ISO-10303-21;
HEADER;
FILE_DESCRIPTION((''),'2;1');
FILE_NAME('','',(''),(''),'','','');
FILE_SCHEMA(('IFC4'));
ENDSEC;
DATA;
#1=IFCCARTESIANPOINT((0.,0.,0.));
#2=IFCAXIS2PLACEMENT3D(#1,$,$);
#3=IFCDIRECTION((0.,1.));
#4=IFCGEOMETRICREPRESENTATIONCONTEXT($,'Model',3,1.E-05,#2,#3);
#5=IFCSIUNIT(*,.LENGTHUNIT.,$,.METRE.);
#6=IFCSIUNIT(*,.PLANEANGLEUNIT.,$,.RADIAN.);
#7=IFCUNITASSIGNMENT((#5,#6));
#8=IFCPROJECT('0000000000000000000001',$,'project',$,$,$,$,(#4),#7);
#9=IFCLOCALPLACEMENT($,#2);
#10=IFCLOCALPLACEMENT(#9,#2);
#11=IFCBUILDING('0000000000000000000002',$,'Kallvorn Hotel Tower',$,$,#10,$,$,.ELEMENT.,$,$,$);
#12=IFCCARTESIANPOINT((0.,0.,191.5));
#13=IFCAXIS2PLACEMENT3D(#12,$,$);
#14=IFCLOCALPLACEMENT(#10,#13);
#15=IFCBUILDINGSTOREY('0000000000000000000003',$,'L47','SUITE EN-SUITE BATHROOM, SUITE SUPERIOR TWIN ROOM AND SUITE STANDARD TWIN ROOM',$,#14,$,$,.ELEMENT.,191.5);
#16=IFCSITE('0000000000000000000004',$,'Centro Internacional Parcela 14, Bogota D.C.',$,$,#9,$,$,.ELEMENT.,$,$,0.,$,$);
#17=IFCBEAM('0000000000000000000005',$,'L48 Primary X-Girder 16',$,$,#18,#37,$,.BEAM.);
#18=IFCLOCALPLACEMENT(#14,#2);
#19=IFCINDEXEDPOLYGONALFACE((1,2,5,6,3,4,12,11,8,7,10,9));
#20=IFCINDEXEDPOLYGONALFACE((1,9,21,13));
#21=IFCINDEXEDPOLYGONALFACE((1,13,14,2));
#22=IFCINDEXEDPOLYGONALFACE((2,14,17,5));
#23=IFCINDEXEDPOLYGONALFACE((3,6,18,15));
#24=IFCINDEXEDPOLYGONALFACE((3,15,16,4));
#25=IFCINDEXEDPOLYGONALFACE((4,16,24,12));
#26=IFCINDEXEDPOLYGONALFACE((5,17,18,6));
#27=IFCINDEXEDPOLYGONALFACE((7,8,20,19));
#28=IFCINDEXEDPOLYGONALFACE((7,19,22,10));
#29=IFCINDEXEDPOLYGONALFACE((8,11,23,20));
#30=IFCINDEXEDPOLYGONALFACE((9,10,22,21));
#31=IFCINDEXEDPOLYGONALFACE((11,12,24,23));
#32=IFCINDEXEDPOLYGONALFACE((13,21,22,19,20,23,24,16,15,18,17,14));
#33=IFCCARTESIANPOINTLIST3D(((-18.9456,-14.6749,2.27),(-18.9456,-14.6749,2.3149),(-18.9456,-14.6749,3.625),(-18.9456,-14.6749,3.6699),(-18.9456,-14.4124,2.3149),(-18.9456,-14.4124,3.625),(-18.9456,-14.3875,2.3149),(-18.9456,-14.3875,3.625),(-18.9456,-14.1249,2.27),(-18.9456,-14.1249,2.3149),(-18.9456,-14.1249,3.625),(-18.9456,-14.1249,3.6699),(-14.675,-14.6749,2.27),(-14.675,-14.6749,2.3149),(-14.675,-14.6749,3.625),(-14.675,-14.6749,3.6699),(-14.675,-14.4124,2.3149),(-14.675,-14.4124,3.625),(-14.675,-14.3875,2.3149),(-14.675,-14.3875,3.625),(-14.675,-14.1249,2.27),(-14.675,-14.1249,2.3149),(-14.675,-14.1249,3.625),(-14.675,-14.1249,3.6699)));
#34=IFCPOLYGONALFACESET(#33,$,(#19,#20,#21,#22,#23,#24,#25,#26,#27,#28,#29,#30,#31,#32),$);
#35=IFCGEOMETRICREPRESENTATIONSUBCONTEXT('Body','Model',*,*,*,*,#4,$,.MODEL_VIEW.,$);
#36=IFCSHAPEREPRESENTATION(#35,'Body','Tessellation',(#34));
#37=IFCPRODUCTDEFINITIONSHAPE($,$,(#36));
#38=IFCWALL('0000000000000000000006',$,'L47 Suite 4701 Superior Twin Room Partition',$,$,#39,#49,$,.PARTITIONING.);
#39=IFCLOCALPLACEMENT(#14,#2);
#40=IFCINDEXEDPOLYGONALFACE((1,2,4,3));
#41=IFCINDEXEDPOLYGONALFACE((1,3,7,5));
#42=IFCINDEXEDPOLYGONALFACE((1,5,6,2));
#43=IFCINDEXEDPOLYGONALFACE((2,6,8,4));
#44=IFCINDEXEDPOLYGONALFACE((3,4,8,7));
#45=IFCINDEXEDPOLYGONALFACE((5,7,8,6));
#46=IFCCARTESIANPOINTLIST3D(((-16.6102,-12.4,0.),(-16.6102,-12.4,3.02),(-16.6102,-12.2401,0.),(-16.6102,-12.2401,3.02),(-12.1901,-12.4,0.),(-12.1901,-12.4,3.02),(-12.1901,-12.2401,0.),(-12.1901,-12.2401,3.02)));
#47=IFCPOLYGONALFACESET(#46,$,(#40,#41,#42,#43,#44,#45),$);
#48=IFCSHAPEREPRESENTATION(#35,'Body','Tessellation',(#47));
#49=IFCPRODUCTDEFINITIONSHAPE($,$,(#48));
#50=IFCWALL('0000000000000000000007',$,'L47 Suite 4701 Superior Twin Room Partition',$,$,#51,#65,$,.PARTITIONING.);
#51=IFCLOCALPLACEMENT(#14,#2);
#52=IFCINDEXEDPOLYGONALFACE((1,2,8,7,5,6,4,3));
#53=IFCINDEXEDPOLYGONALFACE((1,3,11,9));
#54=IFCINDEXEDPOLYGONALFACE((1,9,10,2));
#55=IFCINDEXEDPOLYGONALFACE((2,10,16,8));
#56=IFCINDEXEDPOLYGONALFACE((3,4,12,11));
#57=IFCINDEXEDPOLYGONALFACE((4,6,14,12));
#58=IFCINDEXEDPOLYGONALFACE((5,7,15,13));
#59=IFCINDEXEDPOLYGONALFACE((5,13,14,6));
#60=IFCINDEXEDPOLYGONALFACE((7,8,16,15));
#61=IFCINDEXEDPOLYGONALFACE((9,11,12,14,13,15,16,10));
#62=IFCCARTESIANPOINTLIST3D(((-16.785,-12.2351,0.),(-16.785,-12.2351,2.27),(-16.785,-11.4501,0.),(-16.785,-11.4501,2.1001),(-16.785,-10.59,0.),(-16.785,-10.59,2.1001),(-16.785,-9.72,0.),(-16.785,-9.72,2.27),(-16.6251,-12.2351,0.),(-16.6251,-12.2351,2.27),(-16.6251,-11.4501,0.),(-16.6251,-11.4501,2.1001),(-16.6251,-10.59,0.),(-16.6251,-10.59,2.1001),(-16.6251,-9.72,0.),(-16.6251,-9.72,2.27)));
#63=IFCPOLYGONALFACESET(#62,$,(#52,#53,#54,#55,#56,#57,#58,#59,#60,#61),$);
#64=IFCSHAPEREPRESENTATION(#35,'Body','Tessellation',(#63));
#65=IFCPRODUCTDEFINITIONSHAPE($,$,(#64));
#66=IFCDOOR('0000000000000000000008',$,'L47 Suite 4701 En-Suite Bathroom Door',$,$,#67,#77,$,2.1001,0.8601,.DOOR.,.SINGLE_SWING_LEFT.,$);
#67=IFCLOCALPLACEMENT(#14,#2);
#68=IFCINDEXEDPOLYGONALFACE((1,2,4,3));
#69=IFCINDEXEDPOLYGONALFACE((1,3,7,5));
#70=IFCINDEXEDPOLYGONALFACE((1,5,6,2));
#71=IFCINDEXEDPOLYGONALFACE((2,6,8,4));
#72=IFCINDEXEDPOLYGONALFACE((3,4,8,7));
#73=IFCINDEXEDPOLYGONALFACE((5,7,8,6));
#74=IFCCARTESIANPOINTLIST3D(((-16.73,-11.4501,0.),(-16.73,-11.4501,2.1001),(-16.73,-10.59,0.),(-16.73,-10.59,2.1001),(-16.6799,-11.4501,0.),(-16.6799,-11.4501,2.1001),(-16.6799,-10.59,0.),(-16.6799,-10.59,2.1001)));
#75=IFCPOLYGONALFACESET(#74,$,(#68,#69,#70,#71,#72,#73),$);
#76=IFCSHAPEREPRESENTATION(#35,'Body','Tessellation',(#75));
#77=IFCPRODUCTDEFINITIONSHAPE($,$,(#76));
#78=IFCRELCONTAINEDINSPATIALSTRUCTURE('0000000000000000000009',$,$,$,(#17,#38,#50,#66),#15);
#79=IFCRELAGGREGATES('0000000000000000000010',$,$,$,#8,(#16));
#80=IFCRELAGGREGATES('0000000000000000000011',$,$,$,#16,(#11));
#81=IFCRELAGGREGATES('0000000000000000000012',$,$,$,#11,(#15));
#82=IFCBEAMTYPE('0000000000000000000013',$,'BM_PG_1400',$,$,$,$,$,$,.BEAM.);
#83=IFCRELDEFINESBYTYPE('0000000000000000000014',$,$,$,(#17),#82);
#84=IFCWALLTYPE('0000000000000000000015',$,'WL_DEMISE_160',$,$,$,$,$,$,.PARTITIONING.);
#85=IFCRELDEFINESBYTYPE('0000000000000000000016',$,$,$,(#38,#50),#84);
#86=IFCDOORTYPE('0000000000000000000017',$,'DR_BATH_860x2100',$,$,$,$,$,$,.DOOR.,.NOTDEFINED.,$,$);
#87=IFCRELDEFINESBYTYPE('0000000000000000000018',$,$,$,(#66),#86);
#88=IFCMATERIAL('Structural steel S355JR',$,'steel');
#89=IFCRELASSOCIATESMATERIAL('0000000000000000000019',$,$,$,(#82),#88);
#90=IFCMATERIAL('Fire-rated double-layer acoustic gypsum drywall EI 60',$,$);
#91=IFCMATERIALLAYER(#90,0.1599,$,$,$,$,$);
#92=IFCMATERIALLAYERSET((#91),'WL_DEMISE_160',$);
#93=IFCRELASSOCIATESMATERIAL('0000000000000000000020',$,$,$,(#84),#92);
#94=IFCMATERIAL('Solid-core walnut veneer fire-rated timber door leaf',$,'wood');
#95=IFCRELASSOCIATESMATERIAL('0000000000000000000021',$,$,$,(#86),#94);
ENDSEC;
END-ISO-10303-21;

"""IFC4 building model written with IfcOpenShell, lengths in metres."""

from ifc_helpers import new_model, si_unit, direction, frame, frame_2d, origin, origin_2d, place, context, subcontext, project, spatial, rectangle, i_section, extrude, material, layer, layer_set, material_profile, profile_set, type_object, element, fill, save


model = new_model("IFC4")

# Units and contexts
model_context = context("Model", 3, precision=1e-05, world=origin(), true_north=direction((0.0, 1.0)))
body_context = subcontext(model_context, "Body", "Model", "MODEL_VIEW")
ifc_project = project(units=[si_unit("LENGTHUNIT", "METRE"), si_unit("PLANEANGLEUNIT", "RADIAN")], contexts=[model_context])

# Site, building, storey
site_placement = place(None, origin())
site = spatial("IfcSite", under=ifc_project, at=site_placement, Name="Centro Internacional Parcela 14, Bogota D.C.", CompositionType="ELEMENT", RefElevation=0.0)
building_placement = place(site_placement, origin())
building = spatial("IfcBuilding", under=site, at=building_placement, Name="Kallvorn Hotel Tower", CompositionType="ELEMENT")
storey_placement = place(building_placement, frame((0.0, 0.0, 191.5)))
storey = spatial("IfcBuildingStorey", under=building, at=storey_placement, Name="L47", Description="SUITE EN-SUITE BATHROOM, SUITE SUPERIOR TWIN ROOM AND SUITE STANDARD TWIN ROOM", CompositionType="ELEMENT", Elevation=191.5)

# Beam
ifc_material_1 = material(Name="Structural steel S355JR", Category="steel")
ifc_material_profile_1 = material_profile(ifc_material_1, i_section(OverallWidth=0.55, OverallDepth=1.3999, WebThickness=0.0249, FlangeThickness=0.0449, at=origin_2d()), Name="PG 1400x550x25x45")
ifc_profile_set_1 = profile_set([ifc_material_profile_1], Name="Structural steel S355JR")
beam_type_1 = type_object("IfcBeamType", Name="BM_PG_1400", PredefinedType="BEAM", material=ifc_profile_set_1)
for number, where, z_axis, x_axis, name in (
    (1, (-18.9456, -14.3999, 2.97), (1.0, 0.0, 0.0), (0.0, 1.0, 0.0), "L48 Primary X-Girder 16"),
):
    element("IfcBeam", number, at=place(storey_placement, frame(where, z_axis=z_axis, x_axis=x_axis)), inside=storey, type_object=beam_type_1, Name=name, PredefinedType="BEAM", context=body_context, shape_type="SweptSolid", body=[
        extrude(i_section(OverallWidth=0.55, OverallDepth=1.3999, WebThickness=0.0249, FlangeThickness=0.0449, at=origin_2d()), origin(), (0.0, 0.0, 1.0), 4.2705),
    ])

# Wall
ifc_material_2 = material(Name="Fire-rated double-layer acoustic gypsum drywall EI 60")
ifc_layer = layer(ifc_material_2, 0.1599)
ifc_layer_set = layer_set([ifc_layer], Name="WL_DEMISE_160")
wall_type = type_object("IfcWallType", Name="WL_DEMISE_160", PredefinedType="PARTITIONING", material=ifc_layer_set)
wall_1_placement = place(storey_placement, frame((-16.6101, -12.3201, 0.0), z_axis=(0.0, 0.0, 1.0), x_axis=(1.0, 0.0, 0.0)))
element("IfcWall", 2, at=wall_1_placement, inside=storey, type_object=wall_type, Name="L47 Suite 4701 Superior Twin Room Partition", PredefinedType="PARTITIONING", context=body_context, shape_type="SweptSolid", body=[
    extrude(rectangle(XDim=4.4202, YDim=0.1599, at=frame_2d((2.21, 0.0))), origin(), (0.0, 0.0, 1.0), 3.02),
])

# Wall, opening, door
wall_2_placement = place(storey_placement, frame((-16.7051, -12.2351, 0.0), z_axis=(0.0, 0.0, 1.0), x_axis=(0.0, 1.0, 0.0)))
wall_2 = element("IfcWall", 3, at=wall_2_placement, inside=storey, type_object=wall_type, Name="L47 Suite 4701 Superior Twin Room Partition", PredefinedType="PARTITIONING", context=body_context, shape_type="SweptSolid", body=[
    extrude(rectangle(XDim=2.5151, YDim=0.1599, at=frame_2d((1.2576, 0.0))), origin(), (0.0, 0.0, 1.0), 2.27),
])
opening_placement = place(wall_2_placement, frame((0.7849, 0.0, 0.0)))
opening = element("IfcOpeningElement", 4, at=opening_placement, cuts=wall_2, PredefinedType="OPENING", context=body_context, shape_type="SweptSolid", body=[
    extrude(rectangle(XDim=0.8601, YDim=2.1001, at=frame_2d((0.4302, 1.05))), frame((0.0, 0.095, 0.0), z_axis=(0.0, -1.0, 0.0), x_axis=(1.0, 0.0, 0.0)), (0.0, 0.0, 1.0), 0.1899),
])
ifc_material_3 = material(Name="Solid-core walnut veneer fire-rated timber door leaf", Category="wood")
door_type = type_object("IfcDoorType", Name="DR_BATH_860x2100", OperationType="NOTDEFINED", PredefinedType="DOOR", material=ifc_material_3)
door_placement = place(opening_placement, origin())
door = element("IfcDoor", 5, at=door_placement, inside=storey, type_object=door_type, Name="L47 Suite 4701 En-Suite Bathroom Door", OperationType="SINGLE_SWING_LEFT", OverallHeight=2.1001, OverallWidth=0.8601, PredefinedType="DOOR", context=body_context, shape_type="SweptSolid", body=[
    extrude(rectangle(XDim=0.8601, YDim=2.1001, at=frame_2d((0.4302, 1.05))), frame((0.0, 0.0249, 0.0), z_axis=(0.0, -1.0, 0.0), x_axis=(1.0, 0.0, 0.0)), (0.0, 0.0, 1.0), 0.05),
])
fill(opening, door)

save(model, "model.ifc")
